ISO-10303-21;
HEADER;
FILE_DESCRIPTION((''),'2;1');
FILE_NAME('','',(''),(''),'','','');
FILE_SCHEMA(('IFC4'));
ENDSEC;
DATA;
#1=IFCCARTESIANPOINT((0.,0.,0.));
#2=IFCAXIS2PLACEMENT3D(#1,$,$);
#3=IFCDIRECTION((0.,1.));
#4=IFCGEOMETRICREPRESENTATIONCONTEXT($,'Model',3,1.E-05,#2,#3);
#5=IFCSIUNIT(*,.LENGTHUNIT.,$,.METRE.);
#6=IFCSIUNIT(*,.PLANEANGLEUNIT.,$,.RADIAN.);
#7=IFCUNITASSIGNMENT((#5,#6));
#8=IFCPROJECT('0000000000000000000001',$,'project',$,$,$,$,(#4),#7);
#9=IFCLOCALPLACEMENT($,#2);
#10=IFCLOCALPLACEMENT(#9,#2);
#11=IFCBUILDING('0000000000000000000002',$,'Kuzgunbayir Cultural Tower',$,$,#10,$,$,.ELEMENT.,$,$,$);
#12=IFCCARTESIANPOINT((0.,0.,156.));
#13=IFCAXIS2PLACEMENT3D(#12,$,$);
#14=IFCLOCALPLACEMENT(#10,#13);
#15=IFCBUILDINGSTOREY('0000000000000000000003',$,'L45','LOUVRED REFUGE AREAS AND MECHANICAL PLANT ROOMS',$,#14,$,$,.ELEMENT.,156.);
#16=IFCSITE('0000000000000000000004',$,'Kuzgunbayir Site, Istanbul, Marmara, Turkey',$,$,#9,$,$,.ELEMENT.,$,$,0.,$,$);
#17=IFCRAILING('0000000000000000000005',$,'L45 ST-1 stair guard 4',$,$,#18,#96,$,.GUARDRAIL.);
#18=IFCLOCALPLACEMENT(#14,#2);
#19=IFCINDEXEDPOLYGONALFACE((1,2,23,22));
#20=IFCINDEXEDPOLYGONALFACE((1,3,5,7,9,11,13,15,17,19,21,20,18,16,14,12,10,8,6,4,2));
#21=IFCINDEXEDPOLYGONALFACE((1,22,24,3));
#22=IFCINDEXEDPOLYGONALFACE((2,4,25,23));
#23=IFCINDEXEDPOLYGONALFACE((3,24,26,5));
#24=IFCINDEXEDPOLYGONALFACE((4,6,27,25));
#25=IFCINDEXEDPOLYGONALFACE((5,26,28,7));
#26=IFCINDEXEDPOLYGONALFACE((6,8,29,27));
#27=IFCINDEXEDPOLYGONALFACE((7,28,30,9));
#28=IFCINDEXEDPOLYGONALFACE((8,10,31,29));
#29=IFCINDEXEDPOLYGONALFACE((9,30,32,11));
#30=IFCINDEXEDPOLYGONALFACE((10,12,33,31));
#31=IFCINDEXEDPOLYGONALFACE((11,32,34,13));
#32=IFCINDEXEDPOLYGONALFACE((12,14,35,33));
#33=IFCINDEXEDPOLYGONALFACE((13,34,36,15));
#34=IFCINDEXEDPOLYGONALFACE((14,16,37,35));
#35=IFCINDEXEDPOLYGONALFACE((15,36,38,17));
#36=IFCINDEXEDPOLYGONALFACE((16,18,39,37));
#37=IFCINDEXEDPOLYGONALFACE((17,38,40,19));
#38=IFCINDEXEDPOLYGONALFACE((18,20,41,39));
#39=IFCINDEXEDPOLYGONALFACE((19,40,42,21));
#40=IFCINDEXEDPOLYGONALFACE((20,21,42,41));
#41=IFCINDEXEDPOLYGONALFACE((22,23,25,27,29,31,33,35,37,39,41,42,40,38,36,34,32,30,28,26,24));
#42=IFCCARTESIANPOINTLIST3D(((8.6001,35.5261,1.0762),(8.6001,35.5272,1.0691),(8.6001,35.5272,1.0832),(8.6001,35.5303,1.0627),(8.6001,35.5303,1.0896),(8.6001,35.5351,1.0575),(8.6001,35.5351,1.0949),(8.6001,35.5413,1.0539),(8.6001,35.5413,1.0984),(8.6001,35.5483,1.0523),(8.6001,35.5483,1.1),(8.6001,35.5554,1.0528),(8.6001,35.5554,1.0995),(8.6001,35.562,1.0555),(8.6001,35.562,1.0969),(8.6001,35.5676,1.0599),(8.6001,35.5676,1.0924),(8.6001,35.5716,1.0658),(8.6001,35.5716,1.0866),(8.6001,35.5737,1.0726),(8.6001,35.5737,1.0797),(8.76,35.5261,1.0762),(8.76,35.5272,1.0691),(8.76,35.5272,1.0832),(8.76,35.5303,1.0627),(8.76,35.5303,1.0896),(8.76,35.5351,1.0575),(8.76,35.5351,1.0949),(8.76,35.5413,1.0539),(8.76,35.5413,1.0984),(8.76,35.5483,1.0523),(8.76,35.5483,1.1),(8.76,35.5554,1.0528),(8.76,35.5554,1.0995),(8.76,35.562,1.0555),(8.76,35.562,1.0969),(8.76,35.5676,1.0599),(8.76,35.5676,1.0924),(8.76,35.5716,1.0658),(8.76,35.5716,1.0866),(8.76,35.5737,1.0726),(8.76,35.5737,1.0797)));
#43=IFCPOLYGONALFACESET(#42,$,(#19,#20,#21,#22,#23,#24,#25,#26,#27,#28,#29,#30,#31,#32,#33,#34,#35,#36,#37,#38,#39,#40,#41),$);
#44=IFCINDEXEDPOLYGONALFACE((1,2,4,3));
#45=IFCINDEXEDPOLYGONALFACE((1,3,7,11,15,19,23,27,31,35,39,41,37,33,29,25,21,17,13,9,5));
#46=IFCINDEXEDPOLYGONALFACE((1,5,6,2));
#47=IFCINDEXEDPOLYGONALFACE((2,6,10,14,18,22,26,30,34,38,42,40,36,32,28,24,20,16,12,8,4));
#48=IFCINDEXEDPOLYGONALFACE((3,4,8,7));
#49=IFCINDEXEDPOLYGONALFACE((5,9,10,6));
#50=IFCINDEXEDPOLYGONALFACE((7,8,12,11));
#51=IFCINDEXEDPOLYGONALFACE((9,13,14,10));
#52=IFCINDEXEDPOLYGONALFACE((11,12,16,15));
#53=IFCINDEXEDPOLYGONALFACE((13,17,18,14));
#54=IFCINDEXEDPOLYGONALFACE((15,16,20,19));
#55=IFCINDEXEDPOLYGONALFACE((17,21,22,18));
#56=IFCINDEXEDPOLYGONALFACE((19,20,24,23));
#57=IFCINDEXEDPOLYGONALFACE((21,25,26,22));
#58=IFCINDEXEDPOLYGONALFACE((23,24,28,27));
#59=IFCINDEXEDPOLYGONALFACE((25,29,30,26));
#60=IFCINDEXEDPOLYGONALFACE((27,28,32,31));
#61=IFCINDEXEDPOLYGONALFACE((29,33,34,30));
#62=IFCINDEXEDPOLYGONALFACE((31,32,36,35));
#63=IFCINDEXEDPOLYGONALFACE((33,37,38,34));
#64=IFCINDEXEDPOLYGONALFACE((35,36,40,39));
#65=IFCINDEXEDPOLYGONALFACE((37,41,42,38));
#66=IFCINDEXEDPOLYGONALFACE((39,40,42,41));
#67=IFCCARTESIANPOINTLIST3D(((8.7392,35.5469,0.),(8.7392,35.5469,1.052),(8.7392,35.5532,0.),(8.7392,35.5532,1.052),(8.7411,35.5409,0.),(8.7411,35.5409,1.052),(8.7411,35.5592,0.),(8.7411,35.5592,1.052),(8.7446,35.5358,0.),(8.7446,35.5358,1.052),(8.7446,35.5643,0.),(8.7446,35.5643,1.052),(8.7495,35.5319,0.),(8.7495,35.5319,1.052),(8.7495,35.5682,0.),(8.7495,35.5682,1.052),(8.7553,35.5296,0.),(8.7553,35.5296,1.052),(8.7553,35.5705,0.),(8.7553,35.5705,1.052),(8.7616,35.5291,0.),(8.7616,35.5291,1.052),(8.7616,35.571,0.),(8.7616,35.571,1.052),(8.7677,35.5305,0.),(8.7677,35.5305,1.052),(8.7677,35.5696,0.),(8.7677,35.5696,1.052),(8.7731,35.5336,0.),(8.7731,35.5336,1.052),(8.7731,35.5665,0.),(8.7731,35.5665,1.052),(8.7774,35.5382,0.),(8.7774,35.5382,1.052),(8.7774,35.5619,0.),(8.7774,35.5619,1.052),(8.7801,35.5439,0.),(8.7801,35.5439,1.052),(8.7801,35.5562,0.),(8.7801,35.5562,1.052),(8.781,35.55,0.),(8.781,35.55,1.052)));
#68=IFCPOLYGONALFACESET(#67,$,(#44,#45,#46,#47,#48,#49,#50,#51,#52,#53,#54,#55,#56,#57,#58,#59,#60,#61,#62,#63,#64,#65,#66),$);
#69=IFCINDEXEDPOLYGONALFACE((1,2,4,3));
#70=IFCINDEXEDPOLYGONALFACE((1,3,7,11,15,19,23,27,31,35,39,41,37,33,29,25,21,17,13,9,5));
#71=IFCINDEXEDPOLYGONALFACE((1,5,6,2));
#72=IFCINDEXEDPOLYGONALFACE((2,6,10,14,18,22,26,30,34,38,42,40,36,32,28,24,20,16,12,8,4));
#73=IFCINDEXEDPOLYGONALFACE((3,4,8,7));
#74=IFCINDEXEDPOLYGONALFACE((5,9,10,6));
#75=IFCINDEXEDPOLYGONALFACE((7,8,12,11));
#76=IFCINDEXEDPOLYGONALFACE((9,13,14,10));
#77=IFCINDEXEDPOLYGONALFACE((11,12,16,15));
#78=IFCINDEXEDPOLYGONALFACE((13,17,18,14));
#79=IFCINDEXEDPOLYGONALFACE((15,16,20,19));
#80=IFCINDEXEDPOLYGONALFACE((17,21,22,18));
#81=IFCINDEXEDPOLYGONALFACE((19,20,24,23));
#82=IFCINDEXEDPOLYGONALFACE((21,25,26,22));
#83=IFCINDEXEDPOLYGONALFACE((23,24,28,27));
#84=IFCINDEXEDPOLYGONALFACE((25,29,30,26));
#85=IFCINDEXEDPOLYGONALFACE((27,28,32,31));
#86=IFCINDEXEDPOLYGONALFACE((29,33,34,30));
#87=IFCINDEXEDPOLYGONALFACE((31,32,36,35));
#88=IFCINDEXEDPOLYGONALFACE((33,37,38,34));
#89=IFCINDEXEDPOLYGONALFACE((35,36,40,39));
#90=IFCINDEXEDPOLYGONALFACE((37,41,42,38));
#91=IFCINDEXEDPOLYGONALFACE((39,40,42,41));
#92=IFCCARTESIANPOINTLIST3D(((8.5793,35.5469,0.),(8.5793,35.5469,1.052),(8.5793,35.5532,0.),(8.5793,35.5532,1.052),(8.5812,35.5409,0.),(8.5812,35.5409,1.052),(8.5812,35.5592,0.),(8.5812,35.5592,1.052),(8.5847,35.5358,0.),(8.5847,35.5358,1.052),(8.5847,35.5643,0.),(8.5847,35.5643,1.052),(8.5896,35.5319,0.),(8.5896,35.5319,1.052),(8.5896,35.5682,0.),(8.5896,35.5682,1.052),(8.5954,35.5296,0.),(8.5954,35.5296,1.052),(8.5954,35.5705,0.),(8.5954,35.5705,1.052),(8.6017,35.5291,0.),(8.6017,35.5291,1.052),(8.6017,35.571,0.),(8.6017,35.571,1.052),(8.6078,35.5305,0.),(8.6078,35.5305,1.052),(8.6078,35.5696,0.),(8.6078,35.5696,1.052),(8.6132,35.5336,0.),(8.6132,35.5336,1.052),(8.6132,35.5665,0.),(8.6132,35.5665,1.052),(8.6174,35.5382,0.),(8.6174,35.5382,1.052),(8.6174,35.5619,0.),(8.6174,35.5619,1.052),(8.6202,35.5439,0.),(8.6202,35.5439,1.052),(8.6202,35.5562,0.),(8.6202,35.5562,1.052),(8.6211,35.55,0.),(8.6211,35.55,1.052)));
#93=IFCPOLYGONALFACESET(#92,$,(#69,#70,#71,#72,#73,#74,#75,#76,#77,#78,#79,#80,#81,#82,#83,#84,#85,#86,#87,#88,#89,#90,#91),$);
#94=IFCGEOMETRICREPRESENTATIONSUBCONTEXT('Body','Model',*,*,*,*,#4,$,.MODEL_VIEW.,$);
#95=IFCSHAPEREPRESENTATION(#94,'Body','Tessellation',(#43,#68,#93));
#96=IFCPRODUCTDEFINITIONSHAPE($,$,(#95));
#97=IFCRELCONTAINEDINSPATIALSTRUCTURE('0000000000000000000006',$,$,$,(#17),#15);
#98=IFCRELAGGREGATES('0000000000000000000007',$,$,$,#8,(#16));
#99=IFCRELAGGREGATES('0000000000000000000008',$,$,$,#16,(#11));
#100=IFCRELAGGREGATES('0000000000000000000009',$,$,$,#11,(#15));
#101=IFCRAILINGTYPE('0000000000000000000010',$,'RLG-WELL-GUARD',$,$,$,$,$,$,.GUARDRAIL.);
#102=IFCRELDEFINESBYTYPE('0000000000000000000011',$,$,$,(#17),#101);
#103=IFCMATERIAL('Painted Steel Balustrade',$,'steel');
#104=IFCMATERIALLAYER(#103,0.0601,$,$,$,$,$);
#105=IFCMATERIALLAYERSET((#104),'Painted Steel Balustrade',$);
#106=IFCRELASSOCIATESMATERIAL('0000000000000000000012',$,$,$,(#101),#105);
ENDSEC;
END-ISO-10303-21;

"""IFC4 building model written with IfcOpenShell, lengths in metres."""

from ifc_helpers import new_model, si_unit, direction, frame, origin, origin_2d, place, context, subcontext, project, spatial, circle, extrude, material, layer, layer_set, type_object, element, save


model = new_model("IFC4")

# Units and contexts
model_context = context("Model", 3, precision=1e-05, world=origin(), true_north=direction((0.0, 1.0)))
body_context = subcontext(model_context, "Body", "Model", "MODEL_VIEW")
ifc_project = project(units=[si_unit("LENGTHUNIT", "METRE"), si_unit("PLANEANGLEUNIT", "RADIAN")], contexts=[model_context])

# Site, building, storey
site_placement = place(None, origin())
site = spatial("IfcSite", under=ifc_project, at=site_placement, Name="Kuzgunbayir Site, Istanbul, Marmara, Turkey", CompositionType="ELEMENT", RefElevation=0.0)
building_placement = place(site_placement, origin())
building = spatial("IfcBuilding", under=site, at=building_placement, Name="Kuzgunbayir Cultural Tower", CompositionType="ELEMENT")
storey_placement = place(building_placement, frame((0.0, 0.0, 156.0)))
storey = spatial("IfcBuildingStorey", under=building, at=storey_placement, Name="L45", Description="LOUVRED REFUGE AREAS AND MECHANICAL PLANT ROOMS", CompositionType="ELEMENT", Elevation=156.0)

# Railing
ifc_material_1 = material(Name="Painted Steel Balustrade", Category="steel")
ifc_layer_1 = layer(ifc_material_1, 0.0601)
ifc_layer_set_1 = layer_set([ifc_layer_1], Name="Painted Steel Balustrade")
railing_type_1 = type_object("IfcRailingType", Name="RLG-WELL-GUARD", PredefinedType="GUARDRAIL", material=ifc_layer_set_1)
railing_1_placement = place(storey_placement, frame((8.76, 35.55, 0.0)))
element("IfcRailing", 1, at=railing_1_placement, inside=storey, type_object=railing_type_1, Name="L45 ST-1 stair guard 4", PredefinedType="GUARDRAIL", context=body_context, shape_type="SweptSolid", body=[
    extrude(circle(Radius=0.0239, at=origin_2d()), frame((0.0, 0.0, 1.0762), z_axis=(-1.0, 0.0, 0.0), x_axis=(0.0, -1.0, 0.0)), (0.0, 0.0, 1.0), 0.1599),
    extrude(circle(Radius=0.021, at=origin_2d()), origin(), (0.0, 0.0, 1.0), 1.052),
    extrude(circle(Radius=0.021, at=origin_2d()), frame((-0.1599, 0.0, 0.0)), (0.0, 0.0, 1.0), 1.052),
])

save(model, "model.ifc")
